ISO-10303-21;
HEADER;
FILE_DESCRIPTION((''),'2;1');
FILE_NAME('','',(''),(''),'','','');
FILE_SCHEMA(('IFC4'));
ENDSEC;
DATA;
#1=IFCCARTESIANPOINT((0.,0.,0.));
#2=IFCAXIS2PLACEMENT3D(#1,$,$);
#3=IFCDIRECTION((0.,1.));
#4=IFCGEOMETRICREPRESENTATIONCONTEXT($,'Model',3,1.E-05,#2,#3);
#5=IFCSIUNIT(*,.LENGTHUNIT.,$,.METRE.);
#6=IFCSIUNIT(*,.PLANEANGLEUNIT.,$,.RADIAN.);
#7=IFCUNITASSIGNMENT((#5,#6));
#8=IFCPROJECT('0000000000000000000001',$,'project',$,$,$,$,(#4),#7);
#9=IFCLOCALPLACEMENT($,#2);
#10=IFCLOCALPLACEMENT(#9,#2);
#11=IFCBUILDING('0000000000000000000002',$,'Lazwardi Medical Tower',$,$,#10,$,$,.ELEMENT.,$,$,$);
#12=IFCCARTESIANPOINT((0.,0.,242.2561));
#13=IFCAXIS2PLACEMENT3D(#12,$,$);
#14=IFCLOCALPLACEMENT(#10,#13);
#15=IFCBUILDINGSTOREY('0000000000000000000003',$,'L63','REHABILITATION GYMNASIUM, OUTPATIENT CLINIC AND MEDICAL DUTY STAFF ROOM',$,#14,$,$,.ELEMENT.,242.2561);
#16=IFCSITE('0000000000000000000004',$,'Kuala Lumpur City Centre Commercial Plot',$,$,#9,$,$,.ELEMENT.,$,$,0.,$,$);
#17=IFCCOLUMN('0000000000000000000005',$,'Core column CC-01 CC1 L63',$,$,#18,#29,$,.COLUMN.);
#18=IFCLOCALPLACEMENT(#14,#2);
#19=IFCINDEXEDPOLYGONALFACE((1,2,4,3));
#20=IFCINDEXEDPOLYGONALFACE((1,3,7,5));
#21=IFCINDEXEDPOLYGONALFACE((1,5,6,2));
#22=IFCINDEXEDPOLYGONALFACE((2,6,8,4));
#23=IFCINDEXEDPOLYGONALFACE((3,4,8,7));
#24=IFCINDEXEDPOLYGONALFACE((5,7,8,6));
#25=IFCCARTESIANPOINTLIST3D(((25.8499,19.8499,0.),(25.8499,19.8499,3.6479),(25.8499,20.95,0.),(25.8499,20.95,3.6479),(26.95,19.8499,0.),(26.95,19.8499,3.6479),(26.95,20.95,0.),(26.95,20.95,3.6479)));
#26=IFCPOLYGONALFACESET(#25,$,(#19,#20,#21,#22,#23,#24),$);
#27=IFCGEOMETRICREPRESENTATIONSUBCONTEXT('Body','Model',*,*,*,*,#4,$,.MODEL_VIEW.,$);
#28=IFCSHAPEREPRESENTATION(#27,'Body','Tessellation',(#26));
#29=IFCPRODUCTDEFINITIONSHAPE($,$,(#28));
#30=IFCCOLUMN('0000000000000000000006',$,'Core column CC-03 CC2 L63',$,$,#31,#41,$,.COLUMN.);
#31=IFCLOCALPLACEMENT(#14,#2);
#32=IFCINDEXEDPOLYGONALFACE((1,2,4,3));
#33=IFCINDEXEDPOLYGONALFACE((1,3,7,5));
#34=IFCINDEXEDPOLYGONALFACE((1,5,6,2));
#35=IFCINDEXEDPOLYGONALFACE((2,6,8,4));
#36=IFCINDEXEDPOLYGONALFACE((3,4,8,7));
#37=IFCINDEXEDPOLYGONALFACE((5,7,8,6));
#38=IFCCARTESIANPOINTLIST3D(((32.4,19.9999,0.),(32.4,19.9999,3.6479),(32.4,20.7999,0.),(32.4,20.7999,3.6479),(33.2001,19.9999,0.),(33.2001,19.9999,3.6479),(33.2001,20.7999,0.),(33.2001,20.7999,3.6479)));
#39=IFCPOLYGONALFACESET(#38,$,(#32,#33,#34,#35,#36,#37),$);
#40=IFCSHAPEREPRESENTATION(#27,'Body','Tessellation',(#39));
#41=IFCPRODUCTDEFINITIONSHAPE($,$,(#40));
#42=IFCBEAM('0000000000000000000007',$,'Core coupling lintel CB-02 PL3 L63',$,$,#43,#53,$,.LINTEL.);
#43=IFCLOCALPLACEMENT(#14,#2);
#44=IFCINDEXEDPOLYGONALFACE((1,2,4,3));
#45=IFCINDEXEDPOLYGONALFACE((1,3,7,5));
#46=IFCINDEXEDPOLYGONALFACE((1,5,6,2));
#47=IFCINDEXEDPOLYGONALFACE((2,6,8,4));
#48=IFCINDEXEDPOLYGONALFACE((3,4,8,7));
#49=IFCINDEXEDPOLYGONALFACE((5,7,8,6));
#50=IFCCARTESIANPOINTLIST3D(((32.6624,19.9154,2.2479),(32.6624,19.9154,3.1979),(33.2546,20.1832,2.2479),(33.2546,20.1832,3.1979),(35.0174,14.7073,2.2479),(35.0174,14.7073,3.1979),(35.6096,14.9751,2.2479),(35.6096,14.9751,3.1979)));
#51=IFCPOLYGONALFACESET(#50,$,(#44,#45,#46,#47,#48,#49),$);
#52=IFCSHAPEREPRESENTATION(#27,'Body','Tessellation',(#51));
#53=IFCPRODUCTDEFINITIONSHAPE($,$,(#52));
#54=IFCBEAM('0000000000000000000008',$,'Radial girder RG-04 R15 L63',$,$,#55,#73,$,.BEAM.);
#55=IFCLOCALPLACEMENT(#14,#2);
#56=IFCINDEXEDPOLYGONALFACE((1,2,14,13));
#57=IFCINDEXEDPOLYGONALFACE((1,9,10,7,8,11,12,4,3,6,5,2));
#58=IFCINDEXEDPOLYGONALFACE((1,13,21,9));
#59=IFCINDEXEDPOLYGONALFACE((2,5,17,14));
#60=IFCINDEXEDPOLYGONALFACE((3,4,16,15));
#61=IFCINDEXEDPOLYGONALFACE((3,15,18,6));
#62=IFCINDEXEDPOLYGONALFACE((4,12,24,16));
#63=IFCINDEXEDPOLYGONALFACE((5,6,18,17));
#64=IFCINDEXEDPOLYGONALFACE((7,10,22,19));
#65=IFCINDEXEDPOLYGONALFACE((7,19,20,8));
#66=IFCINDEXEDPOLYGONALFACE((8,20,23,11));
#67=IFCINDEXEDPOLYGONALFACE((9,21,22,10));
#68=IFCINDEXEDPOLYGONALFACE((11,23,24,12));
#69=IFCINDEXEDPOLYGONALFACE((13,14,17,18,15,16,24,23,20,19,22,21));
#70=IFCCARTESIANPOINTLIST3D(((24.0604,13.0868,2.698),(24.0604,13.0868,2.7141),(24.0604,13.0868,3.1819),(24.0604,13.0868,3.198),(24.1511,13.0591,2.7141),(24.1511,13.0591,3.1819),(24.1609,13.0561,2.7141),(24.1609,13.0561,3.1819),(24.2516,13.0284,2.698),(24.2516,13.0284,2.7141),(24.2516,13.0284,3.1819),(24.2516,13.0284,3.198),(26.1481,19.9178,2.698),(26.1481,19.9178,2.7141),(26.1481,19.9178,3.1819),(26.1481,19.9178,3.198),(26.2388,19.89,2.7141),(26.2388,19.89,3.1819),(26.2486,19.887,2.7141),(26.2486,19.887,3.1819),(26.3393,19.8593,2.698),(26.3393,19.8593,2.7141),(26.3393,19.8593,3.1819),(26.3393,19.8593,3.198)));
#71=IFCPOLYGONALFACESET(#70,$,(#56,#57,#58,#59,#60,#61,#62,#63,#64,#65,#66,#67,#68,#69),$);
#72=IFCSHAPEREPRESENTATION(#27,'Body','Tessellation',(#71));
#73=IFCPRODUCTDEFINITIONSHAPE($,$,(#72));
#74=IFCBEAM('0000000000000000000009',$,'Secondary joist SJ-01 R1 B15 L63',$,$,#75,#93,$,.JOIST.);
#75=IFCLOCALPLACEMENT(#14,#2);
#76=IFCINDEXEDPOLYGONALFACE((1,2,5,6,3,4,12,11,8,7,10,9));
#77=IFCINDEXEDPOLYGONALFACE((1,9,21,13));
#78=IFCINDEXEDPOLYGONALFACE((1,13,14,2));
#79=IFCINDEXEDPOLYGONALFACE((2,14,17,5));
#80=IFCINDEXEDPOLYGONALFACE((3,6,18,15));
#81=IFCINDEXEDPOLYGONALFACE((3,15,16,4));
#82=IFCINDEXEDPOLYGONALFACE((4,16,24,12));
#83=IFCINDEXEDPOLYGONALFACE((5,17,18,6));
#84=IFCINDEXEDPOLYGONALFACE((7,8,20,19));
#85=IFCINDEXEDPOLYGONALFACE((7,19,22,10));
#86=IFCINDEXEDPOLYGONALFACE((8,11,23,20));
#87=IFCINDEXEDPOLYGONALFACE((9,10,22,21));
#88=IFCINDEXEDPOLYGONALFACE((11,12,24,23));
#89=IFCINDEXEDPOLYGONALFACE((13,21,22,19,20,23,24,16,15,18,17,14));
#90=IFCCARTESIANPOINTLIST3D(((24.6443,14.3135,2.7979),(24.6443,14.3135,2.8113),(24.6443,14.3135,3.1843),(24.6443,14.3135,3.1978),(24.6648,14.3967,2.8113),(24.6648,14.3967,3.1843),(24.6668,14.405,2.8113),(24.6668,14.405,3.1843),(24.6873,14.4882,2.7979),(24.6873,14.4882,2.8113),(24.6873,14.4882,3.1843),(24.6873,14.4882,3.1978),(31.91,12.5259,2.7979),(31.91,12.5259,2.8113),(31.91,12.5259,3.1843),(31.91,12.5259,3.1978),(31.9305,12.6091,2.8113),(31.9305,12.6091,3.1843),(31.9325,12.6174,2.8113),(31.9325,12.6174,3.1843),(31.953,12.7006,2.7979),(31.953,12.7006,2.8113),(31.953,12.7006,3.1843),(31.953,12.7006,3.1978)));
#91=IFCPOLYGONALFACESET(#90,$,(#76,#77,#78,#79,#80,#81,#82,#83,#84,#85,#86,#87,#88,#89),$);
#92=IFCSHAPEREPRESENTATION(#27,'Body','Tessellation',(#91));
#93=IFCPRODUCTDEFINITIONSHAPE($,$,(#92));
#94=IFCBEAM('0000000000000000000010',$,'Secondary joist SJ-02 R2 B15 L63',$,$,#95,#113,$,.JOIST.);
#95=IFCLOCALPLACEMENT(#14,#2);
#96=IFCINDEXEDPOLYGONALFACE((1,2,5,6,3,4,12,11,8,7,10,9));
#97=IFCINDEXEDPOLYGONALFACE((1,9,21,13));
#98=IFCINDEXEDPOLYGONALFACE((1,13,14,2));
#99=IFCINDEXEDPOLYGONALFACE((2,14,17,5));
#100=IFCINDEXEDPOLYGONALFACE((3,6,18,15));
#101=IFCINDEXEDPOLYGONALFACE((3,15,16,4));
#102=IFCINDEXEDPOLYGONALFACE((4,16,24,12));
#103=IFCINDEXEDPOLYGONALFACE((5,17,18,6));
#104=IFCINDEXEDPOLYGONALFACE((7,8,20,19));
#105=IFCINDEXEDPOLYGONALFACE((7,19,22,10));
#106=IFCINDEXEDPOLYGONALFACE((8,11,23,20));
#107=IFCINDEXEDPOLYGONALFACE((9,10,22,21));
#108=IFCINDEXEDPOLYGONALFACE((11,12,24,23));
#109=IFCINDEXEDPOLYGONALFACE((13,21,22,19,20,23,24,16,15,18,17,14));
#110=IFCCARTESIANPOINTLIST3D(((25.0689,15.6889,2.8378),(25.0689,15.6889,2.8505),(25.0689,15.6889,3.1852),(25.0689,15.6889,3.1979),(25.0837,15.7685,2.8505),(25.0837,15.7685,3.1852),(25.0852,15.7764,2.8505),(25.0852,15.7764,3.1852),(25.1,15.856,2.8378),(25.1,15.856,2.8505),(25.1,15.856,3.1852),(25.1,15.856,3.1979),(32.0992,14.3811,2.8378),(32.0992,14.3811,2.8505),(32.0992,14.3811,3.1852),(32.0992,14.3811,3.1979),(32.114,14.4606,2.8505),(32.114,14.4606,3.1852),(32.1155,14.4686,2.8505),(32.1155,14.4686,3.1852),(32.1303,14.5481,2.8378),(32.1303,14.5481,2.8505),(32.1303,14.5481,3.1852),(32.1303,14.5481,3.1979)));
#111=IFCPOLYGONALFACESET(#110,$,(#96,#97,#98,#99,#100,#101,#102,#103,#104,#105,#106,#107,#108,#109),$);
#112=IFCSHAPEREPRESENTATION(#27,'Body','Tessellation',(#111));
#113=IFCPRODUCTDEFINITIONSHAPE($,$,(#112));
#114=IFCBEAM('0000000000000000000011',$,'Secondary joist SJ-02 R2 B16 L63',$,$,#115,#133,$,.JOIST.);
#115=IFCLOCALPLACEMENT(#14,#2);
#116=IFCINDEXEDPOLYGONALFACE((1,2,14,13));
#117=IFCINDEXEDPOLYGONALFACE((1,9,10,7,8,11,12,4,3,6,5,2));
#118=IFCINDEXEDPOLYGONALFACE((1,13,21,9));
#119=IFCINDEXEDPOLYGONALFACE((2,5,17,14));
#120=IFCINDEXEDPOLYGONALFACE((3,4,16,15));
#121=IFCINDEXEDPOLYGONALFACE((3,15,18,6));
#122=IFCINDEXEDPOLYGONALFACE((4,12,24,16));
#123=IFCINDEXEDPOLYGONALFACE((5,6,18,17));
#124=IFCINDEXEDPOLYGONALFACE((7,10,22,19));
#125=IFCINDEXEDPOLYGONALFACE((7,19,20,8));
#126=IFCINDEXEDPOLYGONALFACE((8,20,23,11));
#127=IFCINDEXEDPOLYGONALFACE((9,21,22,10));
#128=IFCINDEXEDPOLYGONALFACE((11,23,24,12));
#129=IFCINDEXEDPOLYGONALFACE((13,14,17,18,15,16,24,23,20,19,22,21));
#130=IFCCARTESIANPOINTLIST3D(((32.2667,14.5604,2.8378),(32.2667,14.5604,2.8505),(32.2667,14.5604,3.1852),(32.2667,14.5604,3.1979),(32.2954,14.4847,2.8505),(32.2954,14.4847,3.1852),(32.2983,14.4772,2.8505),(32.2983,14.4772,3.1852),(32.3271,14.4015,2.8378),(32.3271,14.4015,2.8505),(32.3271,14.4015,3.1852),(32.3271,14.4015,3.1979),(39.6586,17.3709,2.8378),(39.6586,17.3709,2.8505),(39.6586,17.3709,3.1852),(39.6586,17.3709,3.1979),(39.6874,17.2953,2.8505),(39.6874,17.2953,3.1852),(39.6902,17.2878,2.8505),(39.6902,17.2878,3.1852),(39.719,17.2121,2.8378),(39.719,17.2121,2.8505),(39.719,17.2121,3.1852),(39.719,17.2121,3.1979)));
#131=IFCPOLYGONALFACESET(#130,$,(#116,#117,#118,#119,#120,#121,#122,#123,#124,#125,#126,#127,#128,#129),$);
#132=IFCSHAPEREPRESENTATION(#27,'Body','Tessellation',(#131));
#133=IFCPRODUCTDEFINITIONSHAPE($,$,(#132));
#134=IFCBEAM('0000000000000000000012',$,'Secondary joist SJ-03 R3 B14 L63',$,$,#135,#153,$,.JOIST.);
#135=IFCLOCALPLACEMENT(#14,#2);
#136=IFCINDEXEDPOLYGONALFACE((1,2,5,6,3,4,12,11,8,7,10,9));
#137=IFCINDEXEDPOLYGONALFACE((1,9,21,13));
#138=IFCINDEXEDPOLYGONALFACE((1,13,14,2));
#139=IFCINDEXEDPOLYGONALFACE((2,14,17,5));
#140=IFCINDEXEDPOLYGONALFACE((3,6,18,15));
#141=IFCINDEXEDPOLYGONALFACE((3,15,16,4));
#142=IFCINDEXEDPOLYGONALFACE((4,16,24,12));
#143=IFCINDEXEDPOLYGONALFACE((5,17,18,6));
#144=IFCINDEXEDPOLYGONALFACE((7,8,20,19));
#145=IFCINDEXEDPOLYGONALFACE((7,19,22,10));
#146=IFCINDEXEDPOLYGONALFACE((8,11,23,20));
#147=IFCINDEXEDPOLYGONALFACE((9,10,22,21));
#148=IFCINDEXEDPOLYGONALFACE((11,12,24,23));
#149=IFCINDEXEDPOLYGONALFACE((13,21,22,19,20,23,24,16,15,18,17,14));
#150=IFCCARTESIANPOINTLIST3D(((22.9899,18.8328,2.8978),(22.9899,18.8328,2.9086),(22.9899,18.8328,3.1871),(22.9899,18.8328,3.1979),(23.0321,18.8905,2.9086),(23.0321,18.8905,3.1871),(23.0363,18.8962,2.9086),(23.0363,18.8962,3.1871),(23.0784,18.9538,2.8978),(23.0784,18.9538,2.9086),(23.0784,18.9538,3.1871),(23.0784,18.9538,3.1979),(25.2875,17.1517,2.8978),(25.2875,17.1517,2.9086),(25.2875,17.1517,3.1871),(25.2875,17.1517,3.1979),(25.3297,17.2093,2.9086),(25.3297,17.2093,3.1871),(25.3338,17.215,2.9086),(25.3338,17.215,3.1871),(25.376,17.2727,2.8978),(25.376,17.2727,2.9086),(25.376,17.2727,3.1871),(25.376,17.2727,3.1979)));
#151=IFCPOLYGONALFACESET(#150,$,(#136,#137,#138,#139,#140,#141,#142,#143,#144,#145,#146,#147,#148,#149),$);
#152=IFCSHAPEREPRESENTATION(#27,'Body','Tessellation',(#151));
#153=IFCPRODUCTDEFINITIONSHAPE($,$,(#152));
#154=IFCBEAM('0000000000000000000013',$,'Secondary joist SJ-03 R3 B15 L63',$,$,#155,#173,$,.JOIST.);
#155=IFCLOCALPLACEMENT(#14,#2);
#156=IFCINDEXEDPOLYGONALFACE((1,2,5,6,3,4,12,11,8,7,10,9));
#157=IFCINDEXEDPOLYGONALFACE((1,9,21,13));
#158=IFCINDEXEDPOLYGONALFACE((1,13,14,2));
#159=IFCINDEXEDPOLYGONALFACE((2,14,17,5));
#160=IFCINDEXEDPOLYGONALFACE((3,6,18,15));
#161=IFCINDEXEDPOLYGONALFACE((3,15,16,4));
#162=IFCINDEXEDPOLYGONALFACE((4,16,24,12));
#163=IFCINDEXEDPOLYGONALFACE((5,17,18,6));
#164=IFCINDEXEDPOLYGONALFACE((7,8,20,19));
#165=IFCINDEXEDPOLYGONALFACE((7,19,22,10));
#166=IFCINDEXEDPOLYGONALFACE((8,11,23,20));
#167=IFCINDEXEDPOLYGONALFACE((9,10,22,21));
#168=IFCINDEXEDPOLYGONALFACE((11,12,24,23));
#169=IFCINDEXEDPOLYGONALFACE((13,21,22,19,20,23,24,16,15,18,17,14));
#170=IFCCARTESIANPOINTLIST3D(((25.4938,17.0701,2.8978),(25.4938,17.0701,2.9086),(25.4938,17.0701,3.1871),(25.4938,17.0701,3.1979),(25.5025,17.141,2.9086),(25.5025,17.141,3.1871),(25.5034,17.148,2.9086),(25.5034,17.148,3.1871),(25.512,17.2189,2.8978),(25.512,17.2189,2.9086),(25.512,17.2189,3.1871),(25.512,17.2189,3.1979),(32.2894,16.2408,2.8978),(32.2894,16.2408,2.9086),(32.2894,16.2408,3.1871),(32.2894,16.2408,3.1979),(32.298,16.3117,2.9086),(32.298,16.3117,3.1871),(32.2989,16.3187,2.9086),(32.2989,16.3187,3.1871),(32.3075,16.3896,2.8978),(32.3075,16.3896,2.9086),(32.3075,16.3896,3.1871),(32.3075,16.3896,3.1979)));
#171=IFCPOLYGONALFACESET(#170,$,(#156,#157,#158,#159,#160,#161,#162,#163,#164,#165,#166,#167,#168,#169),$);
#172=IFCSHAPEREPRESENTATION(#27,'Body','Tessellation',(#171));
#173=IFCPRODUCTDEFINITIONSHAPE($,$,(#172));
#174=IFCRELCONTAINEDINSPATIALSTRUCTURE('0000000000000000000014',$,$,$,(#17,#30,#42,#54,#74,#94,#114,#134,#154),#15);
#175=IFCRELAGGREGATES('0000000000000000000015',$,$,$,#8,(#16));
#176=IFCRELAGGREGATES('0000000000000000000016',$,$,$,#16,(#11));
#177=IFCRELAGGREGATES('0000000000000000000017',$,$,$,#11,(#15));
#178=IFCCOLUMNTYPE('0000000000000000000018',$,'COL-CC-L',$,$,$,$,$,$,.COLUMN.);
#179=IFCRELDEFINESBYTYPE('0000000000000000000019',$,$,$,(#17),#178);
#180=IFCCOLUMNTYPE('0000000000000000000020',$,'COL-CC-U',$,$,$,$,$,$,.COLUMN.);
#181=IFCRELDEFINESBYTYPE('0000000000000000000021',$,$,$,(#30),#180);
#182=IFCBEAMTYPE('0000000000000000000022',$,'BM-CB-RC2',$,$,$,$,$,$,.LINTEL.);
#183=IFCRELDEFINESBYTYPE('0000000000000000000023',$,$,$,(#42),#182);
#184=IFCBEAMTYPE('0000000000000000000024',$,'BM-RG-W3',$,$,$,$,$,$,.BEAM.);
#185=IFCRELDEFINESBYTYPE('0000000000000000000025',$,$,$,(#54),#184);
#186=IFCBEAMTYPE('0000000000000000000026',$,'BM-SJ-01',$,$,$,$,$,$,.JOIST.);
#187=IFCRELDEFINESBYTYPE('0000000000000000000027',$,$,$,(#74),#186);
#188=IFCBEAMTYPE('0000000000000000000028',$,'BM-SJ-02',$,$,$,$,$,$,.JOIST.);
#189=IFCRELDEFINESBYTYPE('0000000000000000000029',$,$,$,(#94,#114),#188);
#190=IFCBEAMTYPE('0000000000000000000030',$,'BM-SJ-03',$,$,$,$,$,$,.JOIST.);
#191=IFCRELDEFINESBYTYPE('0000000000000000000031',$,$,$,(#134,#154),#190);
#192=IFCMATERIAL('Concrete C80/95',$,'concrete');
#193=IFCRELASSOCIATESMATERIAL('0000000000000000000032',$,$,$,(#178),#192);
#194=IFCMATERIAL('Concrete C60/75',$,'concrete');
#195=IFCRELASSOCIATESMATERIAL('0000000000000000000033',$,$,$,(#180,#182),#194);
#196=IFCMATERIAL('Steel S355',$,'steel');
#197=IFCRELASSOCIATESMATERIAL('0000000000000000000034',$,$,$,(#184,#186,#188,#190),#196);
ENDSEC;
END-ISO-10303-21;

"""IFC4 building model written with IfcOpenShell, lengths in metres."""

from ifc_helpers import new_model, si_unit, direction, frame, origin, origin_2d, place, context, subcontext, project, spatial, rectangle, i_section, extrude, material, material_profile, profile_set, type_object, element, save


model = new_model("IFC4")

# Units and contexts
model_context = context("Model", 3, precision=1e-05, world=origin(), true_north=direction((0.0, 1.0)))
body_context = subcontext(model_context, "Body", "Model", "MODEL_VIEW")
ifc_project = project(units=[si_unit("LENGTHUNIT", "METRE"), si_unit("PLANEANGLEUNIT", "RADIAN")], contexts=[model_context])

# Site, building, storey
site_placement = place(None, origin())
site = spatial("IfcSite", under=ifc_project, at=site_placement, Name="Kuala Lumpur City Centre Commercial Plot", CompositionType="ELEMENT", RefElevation=0.0)
building_placement = place(site_placement, origin())
building = spatial("IfcBuilding", under=site, at=building_placement, Name="Lazwardi Medical Tower", CompositionType="ELEMENT")
storey_placement = place(building_placement, frame((0.0, 0.0, 242.2561)))
storey = spatial("IfcBuildingStorey", under=building, at=storey_placement, Name="L63", Description="REHABILITATION GYMNASIUM, OUTPATIENT CLINIC AND MEDICAL DUTY STAFF ROOM", CompositionType="ELEMENT", Elevation=242.2561)

# Columns
ifc_material_1 = material(Name="Concrete C80/95", Category="concrete")
ifc_material_profile_1 = material_profile(ifc_material_1, rectangle(XDim=1.1001, YDim=1.1001, at=origin_2d()), Name="RC 1100x1100")
ifc_profile_set_1 = profile_set([ifc_material_profile_1], Name="Concrete C80/95")
column_type_1 = type_object("IfcColumnType", Name="COL-CC-L", PredefinedType="COLUMN", material=ifc_profile_set_1)
column_1_placement = place(storey_placement, frame((26.3999, 20.3999, 0.0), z_axis=(0.0, 0.0, 1.0), x_axis=(1.0, 0.0, 0.0)))
element("IfcColumn", 1, at=column_1_placement, inside=storey, type_object=column_type_1, Name="Core column CC-01 CC1 L63", PredefinedType="COLUMN", context=body_context, shape_type="SweptSolid", body=[
    extrude(rectangle(XDim=1.1001, YDim=1.1001, at=origin_2d()), origin(), (0.0, 0.0, 1.0), 3.6479),
])
ifc_material_2 = material(Name="Concrete C60/75", Category="concrete")
ifc_material_profile_2 = material_profile(ifc_material_2, rectangle(XDim=0.8, YDim=0.8, at=origin_2d()), Name="RC 800x800")
ifc_profile_set_2 = profile_set([ifc_material_profile_2], Name="Concrete C60/75")
column_type_2 = type_object("IfcColumnType", Name="COL-CC-U", PredefinedType="COLUMN", material=ifc_profile_set_2)
column_2_placement = place(storey_placement, frame((32.8, 20.3999, 0.0), z_axis=(0.0, 0.0, 1.0), x_axis=(1.0, 0.0, 0.0)))
element("IfcColumn", 2, at=column_2_placement, inside=storey, type_object=column_type_2, Name="Core column CC-03 CC2 L63", PredefinedType="COLUMN", context=body_context, shape_type="SweptSolid", body=[
    extrude(rectangle(XDim=0.8, YDim=0.8, at=origin_2d()), origin(), (0.0, 0.0, 1.0), 3.6479),
])

# Beams
ifc_material_profile_3 = material_profile(ifc_material_2, rectangle(XDim=0.6499, YDim=0.95, at=origin_2d()), Name="RC 650x950")
ifc_profile_set_3 = profile_set([ifc_material_profile_3], Name="Concrete C60/75")
beam_type_1 = type_object("IfcBeamType", Name="BM-CB-RC2", PredefinedType="LINTEL", material=ifc_profile_set_3)
beam_1_placement = place(storey_placement, frame((32.9585, 20.0493, 2.7229), z_axis=(0.412019, -0.911175, 0.0), x_axis=(0.911175, 0.412019, 0.0)))
element("IfcBeam", 3, at=beam_1_placement, inside=storey, type_object=beam_type_1, Name="Core coupling lintel CB-02 PL3 L63", PredefinedType="LINTEL", context=body_context, shape_type="SweptSolid", body=[
    extrude(rectangle(XDim=0.6499, YDim=0.95, at=origin_2d()), origin(), (0.0, 0.0, 1.0), 5.7158),
])
ifc_material_3 = material(Name="Steel S355", Category="steel")
ifc_material_profile_4 = material_profile(ifc_material_3, i_section(OverallWidth=0.2, OverallDepth=0.5, WebThickness=0.0103, FlangeThickness=0.0161, at=origin_2d()), Name="IPE 500")
ifc_profile_set_4 = profile_set([ifc_material_profile_4], Name="Steel S355")
beam_type_2 = type_object("IfcBeamType", Name="BM-RG-W3", PredefinedType="BEAM", material=ifc_profile_set_4)
beam_2_placement = place(storey_placement, frame((24.156, 13.0576, 2.948), z_axis=(0.292277, 0.956334, 0.0), x_axis=(-0.956334, 0.292277, 0.0)))
element("IfcBeam", 4, at=beam_2_placement, inside=storey, type_object=beam_type_2, Name="Radial girder RG-04 R15 L63", PredefinedType="BEAM", context=body_context, shape_type="SweptSolid", body=[
    extrude(i_section(OverallWidth=0.2, OverallDepth=0.5, WebThickness=0.0103, FlangeThickness=0.0161, at=origin_2d()), origin(), (0.0, 0.0, 1.0), 7.1428),
])
ifc_material_profile_5 = material_profile(ifc_material_3, i_section(OverallWidth=0.1799, OverallDepth=0.3999, WebThickness=0.0085, FlangeThickness=0.0134, at=origin_2d()), Name="IPE 400")
ifc_profile_set_5 = profile_set([ifc_material_profile_5], Name="Steel S355")
beam_type_3 = type_object("IfcBeamType", Name="BM-SJ-01", PredefinedType="JOIST", material=ifc_profile_set_5)
beam_3_placement = place(storey_placement, frame((24.6658, 14.4009, 2.9978), z_axis=(0.971042, -0.23891, 0.0), x_axis=(0.23891, 0.971042, 0.0)))
element("IfcBeam", 5, at=beam_3_placement, inside=storey, type_object=beam_type_3, Name="Secondary joist SJ-01 R1 B15 L63", PredefinedType="JOIST", context=body_context, shape_type="SweptSolid", body=[
    extrude(i_section(OverallWidth=0.1799, OverallDepth=0.3999, WebThickness=0.0085, FlangeThickness=0.0134, at=origin_2d()), origin(), (0.0, 0.0, 1.0), 7.4824),
])
ifc_material_profile_6 = material_profile(ifc_material_3, i_section(OverallWidth=0.1699, OverallDepth=0.3601, WebThickness=0.0081, FlangeThickness=0.0127, at=origin_2d()), Name="IPE 360")
ifc_profile_set_6 = profile_set([ifc_material_profile_6], Name="Steel S355")
beam_type_4 = type_object("IfcBeamType", Name="BM-SJ-02", PredefinedType="JOIST", material=ifc_profile_set_6)
beam_4_placement = place(storey_placement, frame((25.0845, 15.7725, 3.0178), z_axis=(0.983132, -0.182895, 0.0), x_axis=(0.182895, 0.983132, 0.0)))
element("IfcBeam", 6, at=beam_4_placement, inside=storey, type_object=beam_type_4, Name="Secondary joist SJ-02 R2 B15 L63", PredefinedType="JOIST", context=body_context, shape_type="SweptSolid", body=[
    extrude(i_section(OverallWidth=0.1699, OverallDepth=0.3601, WebThickness=0.0081, FlangeThickness=0.0127, at=origin_2d()), origin(), (0.0, 0.0, 1.0), 7.1509),
])
beam_5_placement = place(storey_placement, frame((32.2969, 14.481, 3.0178), z_axis=(0.934714, 0.3554, 0.0), x_axis=(-0.3554, 0.934714, 0.0)))
element("IfcBeam", 7, at=beam_5_placement, inside=storey, type_object=beam_type_4, Name="Secondary joist SJ-02 R2 B16 L63", PredefinedType="JOIST", context=body_context, shape_type="SweptSolid", body=[
    extrude(i_section(OverallWidth=0.1699, OverallDepth=0.3601, WebThickness=0.0081, FlangeThickness=0.0127, at=origin_2d()), origin(), (0.0, 0.0, 1.0), 7.9082),
])
ifc_material_profile_7 = material_profile(ifc_material_3, i_section(OverallWidth=0.1499, OverallDepth=0.3, WebThickness=0.0071, FlangeThickness=0.0107, at=origin_2d()), Name="IPE 300")
ifc_profile_set_7 = profile_set([ifc_material_profile_7], Name="Steel S355")
beam_type_5 = type_object("IfcBeamType", Name="BM-SJ-03", PredefinedType="JOIST", material=ifc_profile_set_7)
beam_6_placement = place(storey_placement, frame((23.0342, 18.8933, 3.0479), z_axis=(0.807034, -0.590505, 0.0), x_axis=(0.590505, 0.807034, 0.0)))
element("IfcBeam", 8, at=beam_6_placement, inside=storey, type_object=beam_type_5, Name="Secondary joist SJ-03 R3 B14 L63", PredefinedType="JOIST", context=body_context, shape_type="SweptSolid", body=[
    extrude(i_section(OverallWidth=0.1499, OverallDepth=0.3, WebThickness=0.0071, FlangeThickness=0.0107, at=origin_2d()), origin(), (0.0, 0.0, 1.0), 2.8469),
])
beam_7_placement = place(storey_placement, frame((25.5029, 17.1445, 3.0479), z_axis=(0.992635, -0.121146, 0.0), x_axis=(0.121146, 0.992635, 0.0)))
element("IfcBeam", 9, at=beam_7_placement, inside=storey, type_object=beam_type_5, Name="Secondary joist SJ-03 R3 B15 L63", PredefinedType="JOIST", context=body_context, shape_type="SweptSolid", body=[
    extrude(i_section(OverallWidth=0.1499, OverallDepth=0.3, WebThickness=0.0071, FlangeThickness=0.0107, at=origin_2d()), origin(), (0.0, 0.0, 1.0), 6.8459),
])

save(model, "model.ifc")
